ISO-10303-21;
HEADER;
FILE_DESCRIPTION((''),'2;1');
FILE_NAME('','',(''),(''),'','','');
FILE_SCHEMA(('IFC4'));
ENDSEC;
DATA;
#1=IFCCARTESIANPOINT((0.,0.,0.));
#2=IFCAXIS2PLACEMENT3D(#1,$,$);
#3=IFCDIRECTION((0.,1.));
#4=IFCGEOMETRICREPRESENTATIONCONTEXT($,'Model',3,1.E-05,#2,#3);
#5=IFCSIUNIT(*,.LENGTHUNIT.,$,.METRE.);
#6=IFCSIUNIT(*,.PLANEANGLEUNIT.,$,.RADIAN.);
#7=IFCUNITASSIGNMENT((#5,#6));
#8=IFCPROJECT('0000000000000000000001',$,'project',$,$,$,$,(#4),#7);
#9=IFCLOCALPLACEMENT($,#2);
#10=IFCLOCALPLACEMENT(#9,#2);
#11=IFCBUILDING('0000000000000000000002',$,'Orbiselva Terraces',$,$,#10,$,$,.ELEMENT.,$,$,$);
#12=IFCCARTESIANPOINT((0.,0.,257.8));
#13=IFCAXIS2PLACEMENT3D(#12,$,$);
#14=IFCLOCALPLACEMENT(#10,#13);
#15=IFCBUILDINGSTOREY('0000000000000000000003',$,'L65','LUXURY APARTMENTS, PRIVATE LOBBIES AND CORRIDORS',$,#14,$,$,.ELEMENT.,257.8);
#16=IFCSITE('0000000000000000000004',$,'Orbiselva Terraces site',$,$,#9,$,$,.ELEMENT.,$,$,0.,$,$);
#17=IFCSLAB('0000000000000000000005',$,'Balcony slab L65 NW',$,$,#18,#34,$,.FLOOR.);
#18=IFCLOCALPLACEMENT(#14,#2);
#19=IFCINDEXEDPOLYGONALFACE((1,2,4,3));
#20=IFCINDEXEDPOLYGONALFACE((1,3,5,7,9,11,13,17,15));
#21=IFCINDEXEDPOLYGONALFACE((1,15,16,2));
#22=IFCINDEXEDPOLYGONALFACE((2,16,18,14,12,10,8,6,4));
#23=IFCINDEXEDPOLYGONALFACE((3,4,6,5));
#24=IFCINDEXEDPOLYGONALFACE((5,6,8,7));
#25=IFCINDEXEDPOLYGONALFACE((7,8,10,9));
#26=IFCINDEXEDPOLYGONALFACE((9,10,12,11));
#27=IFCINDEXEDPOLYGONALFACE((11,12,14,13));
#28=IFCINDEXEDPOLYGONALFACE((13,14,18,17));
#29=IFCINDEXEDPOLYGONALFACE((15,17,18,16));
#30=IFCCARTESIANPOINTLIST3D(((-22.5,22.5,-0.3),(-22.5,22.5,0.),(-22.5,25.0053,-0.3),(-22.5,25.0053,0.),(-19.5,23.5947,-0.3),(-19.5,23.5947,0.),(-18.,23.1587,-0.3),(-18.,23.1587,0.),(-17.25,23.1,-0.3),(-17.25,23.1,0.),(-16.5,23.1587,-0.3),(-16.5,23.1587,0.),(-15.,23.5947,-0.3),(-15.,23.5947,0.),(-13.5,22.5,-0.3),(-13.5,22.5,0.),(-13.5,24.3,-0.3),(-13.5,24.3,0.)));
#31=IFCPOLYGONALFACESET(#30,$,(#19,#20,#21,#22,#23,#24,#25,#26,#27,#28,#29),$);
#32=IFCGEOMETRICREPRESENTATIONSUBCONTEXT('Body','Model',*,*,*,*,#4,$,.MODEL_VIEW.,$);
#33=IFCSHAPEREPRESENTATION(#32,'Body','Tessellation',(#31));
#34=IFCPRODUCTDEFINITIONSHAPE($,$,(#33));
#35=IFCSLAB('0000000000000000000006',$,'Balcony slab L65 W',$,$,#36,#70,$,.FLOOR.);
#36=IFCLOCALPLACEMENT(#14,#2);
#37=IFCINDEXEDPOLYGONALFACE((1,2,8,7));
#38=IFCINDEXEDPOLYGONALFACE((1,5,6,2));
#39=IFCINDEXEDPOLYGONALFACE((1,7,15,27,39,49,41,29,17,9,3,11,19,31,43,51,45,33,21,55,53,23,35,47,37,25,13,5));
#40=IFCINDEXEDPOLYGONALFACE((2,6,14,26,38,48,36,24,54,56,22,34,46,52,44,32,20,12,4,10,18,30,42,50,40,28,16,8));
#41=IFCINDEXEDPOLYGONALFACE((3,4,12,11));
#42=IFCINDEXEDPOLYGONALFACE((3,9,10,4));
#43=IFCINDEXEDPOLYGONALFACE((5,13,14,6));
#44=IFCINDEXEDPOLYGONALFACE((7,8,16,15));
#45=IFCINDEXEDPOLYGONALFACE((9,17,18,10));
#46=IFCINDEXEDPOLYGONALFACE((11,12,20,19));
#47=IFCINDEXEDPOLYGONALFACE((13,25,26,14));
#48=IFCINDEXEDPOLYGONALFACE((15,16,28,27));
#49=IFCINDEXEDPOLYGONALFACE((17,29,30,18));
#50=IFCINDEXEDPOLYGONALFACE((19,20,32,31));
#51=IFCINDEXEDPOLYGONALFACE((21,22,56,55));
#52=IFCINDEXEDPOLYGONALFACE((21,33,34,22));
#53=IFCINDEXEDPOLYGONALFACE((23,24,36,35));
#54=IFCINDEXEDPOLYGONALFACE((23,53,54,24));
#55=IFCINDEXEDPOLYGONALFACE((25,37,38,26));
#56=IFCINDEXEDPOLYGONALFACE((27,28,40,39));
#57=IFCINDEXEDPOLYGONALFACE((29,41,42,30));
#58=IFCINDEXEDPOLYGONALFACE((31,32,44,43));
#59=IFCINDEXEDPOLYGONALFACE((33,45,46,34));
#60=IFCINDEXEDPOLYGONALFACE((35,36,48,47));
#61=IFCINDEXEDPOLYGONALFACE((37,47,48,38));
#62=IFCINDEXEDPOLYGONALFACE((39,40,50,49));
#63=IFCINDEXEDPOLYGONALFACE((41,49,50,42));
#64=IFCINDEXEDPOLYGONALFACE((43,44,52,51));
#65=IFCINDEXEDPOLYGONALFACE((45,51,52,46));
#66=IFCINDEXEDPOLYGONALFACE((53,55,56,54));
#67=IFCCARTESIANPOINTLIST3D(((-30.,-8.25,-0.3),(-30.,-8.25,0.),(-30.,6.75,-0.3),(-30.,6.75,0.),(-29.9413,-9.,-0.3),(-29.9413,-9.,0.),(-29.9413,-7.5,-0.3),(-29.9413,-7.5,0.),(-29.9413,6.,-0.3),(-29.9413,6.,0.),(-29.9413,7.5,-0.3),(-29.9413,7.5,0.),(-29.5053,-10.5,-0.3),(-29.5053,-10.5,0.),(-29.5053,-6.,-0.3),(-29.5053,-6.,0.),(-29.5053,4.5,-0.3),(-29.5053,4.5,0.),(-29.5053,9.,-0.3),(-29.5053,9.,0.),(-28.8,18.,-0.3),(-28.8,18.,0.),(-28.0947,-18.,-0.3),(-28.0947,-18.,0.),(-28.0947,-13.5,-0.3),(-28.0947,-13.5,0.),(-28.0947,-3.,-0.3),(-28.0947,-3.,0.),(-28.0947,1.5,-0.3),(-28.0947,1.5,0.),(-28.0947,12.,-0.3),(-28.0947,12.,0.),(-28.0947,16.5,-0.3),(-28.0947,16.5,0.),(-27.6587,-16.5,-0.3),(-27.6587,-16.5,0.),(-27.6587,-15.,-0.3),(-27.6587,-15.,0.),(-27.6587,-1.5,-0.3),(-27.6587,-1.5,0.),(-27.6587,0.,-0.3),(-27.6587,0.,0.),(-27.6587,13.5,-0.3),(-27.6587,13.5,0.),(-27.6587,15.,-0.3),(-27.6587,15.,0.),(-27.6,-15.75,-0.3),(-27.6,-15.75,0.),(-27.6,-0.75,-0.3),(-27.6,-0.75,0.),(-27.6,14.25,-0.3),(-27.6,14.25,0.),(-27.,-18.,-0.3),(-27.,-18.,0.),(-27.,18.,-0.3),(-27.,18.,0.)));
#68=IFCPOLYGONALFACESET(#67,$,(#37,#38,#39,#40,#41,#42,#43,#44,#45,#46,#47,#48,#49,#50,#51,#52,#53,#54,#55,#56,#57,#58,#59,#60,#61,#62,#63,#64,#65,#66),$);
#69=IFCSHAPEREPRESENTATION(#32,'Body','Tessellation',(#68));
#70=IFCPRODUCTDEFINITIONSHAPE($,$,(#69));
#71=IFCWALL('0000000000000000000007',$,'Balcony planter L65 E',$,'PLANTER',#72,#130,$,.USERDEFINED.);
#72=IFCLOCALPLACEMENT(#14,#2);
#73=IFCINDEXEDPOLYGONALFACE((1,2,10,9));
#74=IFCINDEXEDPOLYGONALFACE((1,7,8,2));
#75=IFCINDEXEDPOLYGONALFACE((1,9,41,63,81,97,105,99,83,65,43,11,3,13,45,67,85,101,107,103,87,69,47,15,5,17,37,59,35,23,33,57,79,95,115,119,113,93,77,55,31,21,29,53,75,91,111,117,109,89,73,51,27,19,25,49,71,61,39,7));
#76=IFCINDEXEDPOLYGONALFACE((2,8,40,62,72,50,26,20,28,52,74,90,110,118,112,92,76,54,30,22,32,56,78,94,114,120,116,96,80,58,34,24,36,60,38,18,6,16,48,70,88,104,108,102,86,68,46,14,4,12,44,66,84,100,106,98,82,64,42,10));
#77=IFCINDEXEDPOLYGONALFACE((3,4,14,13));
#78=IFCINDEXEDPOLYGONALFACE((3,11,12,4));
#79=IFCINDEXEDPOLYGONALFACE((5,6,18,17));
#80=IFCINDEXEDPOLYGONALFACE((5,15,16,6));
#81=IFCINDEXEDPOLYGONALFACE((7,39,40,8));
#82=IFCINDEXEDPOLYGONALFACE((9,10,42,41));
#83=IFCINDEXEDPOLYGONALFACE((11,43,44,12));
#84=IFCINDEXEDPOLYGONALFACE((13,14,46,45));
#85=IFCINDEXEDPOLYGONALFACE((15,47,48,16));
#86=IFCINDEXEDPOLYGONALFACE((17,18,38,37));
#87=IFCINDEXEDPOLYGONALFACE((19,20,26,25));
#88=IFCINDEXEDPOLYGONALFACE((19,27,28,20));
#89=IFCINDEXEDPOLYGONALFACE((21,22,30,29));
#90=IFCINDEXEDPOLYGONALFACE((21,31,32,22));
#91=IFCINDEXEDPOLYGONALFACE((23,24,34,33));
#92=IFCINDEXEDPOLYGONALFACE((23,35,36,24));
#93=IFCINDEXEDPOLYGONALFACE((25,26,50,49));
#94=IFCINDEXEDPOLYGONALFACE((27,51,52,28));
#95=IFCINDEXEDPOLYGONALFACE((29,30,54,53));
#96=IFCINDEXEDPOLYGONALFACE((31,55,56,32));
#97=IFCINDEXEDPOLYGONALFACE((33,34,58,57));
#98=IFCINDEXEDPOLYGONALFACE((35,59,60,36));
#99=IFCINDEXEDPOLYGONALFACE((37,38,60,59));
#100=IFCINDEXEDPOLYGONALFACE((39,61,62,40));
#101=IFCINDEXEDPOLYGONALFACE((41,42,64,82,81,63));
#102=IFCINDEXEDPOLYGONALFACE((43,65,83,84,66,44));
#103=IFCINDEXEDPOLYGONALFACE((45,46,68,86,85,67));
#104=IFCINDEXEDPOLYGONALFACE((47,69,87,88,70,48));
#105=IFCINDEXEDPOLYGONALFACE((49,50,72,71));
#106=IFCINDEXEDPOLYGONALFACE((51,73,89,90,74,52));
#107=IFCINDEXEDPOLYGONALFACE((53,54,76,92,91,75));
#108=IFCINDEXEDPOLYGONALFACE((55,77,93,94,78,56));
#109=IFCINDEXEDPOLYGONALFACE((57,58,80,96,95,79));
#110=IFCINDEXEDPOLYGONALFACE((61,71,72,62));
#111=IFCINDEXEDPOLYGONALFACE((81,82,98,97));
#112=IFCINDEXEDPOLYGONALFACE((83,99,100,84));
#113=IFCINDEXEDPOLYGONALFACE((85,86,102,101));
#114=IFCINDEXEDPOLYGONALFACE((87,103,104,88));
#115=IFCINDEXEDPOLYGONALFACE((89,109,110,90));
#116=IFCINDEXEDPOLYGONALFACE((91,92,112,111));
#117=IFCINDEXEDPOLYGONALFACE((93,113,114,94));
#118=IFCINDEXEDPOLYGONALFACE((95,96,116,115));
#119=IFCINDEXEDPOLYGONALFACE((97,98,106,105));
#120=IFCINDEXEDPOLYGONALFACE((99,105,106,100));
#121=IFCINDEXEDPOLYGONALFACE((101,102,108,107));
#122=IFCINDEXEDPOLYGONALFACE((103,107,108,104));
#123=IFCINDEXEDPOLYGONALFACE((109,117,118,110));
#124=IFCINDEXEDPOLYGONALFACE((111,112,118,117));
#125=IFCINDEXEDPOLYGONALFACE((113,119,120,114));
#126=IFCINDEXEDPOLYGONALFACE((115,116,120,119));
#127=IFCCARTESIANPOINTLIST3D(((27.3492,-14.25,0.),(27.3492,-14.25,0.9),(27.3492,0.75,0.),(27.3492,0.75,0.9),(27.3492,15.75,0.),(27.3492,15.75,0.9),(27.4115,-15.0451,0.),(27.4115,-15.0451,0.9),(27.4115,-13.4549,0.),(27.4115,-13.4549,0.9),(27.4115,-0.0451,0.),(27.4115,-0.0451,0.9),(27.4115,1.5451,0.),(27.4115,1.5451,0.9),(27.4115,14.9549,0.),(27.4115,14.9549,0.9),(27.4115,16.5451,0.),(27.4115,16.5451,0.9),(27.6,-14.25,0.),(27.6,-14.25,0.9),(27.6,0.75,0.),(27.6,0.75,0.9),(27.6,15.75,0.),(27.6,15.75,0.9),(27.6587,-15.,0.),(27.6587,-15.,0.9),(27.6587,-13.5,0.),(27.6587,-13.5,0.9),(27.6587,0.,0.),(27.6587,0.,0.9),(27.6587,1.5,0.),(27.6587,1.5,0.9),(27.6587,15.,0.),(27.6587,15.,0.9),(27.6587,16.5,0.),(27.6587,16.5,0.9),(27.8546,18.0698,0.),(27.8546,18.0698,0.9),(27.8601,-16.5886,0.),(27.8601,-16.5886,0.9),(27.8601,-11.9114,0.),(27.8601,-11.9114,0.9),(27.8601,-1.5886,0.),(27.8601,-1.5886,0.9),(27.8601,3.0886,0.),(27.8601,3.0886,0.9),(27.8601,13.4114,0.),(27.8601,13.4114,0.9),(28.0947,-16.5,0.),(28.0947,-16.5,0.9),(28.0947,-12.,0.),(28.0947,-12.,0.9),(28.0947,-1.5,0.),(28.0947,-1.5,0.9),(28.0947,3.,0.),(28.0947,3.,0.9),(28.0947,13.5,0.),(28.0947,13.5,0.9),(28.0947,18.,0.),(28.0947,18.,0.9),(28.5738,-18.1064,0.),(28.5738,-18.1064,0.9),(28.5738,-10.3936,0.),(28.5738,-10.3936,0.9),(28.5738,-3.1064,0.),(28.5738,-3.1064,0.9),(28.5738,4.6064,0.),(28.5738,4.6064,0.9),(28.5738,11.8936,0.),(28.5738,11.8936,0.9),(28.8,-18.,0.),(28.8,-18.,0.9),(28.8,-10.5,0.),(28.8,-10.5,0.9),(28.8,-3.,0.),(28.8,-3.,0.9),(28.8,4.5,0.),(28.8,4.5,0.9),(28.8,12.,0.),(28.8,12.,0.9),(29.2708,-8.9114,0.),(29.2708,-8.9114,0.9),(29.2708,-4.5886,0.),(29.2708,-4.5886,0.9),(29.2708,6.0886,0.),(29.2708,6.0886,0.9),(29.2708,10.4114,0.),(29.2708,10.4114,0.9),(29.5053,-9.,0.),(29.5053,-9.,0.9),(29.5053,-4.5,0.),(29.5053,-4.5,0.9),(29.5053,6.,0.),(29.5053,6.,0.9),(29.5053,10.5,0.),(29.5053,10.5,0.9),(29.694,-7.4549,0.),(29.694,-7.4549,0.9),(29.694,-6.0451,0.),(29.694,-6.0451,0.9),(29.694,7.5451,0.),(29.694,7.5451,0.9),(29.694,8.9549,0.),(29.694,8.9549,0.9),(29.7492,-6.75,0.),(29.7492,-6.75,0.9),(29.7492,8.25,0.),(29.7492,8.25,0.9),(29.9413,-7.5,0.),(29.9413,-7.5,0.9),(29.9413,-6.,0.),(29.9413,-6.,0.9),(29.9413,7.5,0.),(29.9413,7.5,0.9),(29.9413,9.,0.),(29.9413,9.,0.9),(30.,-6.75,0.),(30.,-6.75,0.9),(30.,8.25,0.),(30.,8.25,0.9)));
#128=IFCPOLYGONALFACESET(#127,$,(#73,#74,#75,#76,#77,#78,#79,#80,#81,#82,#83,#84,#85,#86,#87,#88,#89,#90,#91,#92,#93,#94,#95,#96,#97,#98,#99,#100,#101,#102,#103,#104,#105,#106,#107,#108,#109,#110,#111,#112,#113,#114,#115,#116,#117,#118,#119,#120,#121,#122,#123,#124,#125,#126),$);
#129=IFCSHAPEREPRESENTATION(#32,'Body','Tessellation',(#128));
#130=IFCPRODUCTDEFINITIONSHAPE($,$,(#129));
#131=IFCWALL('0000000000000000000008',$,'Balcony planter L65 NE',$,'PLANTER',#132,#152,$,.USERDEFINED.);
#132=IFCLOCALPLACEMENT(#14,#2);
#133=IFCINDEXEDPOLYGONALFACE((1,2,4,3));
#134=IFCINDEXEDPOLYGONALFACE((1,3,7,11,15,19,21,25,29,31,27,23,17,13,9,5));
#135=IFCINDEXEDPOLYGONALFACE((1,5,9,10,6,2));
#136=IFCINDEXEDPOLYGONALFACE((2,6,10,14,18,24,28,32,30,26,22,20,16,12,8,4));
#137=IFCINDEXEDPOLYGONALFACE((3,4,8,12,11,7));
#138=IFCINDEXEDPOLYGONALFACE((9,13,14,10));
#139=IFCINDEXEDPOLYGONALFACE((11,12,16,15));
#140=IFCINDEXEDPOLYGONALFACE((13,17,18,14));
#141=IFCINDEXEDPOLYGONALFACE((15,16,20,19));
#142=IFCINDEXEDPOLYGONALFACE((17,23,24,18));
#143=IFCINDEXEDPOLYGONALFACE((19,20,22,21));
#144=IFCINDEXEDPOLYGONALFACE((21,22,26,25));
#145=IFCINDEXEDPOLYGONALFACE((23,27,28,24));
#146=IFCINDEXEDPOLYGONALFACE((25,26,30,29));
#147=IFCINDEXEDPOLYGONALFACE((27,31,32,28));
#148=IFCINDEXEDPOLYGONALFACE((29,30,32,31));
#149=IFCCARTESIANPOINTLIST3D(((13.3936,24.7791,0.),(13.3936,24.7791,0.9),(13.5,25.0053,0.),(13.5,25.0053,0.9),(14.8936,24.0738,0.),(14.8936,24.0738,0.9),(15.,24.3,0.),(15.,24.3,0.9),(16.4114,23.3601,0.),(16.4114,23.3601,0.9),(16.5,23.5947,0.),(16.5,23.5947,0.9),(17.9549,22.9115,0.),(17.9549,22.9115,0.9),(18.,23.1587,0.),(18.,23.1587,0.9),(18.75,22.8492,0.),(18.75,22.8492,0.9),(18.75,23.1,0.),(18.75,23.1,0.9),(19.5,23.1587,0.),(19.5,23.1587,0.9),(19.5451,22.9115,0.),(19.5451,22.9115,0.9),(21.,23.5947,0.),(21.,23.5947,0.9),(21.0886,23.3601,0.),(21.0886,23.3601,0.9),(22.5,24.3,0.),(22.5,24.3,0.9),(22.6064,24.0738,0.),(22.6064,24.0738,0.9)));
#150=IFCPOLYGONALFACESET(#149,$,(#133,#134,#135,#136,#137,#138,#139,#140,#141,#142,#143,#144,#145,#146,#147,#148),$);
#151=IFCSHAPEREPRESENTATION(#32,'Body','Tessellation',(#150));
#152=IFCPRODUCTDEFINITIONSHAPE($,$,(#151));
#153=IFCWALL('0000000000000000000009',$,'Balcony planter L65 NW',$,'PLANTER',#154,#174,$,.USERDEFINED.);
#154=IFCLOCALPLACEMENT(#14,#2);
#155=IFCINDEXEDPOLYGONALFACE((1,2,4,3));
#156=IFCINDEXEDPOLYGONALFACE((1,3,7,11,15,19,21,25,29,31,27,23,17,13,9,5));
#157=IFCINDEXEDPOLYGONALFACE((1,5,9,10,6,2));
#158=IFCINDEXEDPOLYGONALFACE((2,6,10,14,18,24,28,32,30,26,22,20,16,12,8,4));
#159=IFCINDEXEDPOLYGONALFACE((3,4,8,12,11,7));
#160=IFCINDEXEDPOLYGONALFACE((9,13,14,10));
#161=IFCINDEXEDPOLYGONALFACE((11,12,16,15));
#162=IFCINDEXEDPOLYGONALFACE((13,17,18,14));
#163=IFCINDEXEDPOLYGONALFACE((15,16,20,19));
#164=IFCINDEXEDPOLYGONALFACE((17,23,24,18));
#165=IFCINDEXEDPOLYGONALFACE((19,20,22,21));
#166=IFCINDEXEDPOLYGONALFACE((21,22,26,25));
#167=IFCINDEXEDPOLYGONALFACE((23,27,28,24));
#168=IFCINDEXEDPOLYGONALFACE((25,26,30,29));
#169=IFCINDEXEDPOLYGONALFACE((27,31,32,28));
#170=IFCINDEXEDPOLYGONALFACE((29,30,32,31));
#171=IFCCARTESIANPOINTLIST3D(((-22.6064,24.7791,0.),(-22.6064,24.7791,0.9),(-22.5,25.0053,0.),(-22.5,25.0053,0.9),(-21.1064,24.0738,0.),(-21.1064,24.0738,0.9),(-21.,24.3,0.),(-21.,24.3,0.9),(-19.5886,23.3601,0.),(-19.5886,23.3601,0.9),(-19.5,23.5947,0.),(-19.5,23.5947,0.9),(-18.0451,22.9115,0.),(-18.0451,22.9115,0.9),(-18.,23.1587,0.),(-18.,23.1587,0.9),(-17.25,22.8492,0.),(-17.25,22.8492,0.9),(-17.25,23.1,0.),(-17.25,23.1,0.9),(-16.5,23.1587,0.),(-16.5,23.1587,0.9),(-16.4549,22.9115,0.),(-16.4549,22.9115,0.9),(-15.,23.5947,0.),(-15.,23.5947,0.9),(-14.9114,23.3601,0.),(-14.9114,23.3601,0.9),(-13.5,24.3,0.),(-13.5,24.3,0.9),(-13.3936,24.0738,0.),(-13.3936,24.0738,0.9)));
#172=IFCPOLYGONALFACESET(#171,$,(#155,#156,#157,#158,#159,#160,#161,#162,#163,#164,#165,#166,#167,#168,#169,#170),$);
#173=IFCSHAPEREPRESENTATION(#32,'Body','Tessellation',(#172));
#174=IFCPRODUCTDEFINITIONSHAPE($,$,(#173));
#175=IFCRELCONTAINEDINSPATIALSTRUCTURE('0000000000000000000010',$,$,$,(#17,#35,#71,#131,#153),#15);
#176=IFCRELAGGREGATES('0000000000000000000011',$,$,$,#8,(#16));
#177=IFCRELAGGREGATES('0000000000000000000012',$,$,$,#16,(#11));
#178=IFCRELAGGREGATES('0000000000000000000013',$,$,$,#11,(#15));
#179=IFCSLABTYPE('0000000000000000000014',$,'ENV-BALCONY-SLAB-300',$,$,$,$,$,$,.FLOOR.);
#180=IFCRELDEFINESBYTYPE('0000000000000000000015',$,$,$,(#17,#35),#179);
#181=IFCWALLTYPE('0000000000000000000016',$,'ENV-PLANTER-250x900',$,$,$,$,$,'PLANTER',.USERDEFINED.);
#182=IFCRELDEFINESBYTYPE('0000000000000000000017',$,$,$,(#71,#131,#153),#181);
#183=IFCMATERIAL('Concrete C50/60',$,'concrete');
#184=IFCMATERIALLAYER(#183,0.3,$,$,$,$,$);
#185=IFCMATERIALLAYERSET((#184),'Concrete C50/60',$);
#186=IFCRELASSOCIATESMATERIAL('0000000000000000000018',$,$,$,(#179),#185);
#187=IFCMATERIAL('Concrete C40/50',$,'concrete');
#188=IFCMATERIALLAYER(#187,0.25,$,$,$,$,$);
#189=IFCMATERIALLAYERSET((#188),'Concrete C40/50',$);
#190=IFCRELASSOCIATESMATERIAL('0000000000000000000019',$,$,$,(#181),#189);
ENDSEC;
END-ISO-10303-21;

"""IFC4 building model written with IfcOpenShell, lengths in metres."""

from ifc_helpers import new_model, si_unit, direction, frame, origin, place, context, subcontext, project, spatial, polyline, outline, extrude, material, layer, layer_set, type_object, element, save


model = new_model("IFC4")

# Units and contexts
model_context = context("Model", 3, precision=1e-05, world=origin(), true_north=direction((0.0, 1.0)))
body_context = subcontext(model_context, "Body", "Model", "MODEL_VIEW")
ifc_project = project(units=[si_unit("LENGTHUNIT", "METRE"), si_unit("PLANEANGLEUNIT", "RADIAN")], contexts=[model_context])

# Site, building, storey
site_placement = place(None, origin())
site = spatial("IfcSite", under=ifc_project, at=site_placement, Name="Orbiselva Terraces site", CompositionType="ELEMENT", RefElevation=0.0)
building_placement = place(site_placement, origin())
building = spatial("IfcBuilding", under=site, at=building_placement, Name="Orbiselva Terraces", CompositionType="ELEMENT")
storey_placement = place(building_placement, frame((0.0, 0.0, 257.8)))
storey = spatial("IfcBuildingStorey", under=building, at=storey_placement, Name="L65", Description="LUXURY APARTMENTS, PRIVATE LOBBIES AND CORRIDORS", CompositionType="ELEMENT", Elevation=257.8)

# Shared definitions
ifc_material_1 = material(Name="Concrete C50/60", Category="concrete")

# Slabs
ifc_material_2 = material(Name="Concrete C40/50", Category="concrete")
ifc_layer_1 = layer(ifc_material_1, 0.3)
ifc_layer_set_1 = layer_set([ifc_layer_1], Name="Concrete C50/60")
slab_type_1 = type_object("IfcSlabType", Name="ENV-BALCONY-SLAB-300", PredefinedType="FLOOR", material=ifc_layer_set_1)
slab_1_placement = place(storey_placement, frame((0.0, 0.0, -0.3)))
element("IfcSlab", 1, at=slab_1_placement, inside=storey, type_object=slab_type_1, Name="Balcony slab L65 NW", PredefinedType="FLOOR", context=body_context, shape_type="SweptSolid", body=[
    extrude(outline(polyline([(-13.5, 24.3), (-15.0, 23.5947), (-16.5, 23.1587), (-17.25, 23.1), (-18.0, 23.1587), (-19.5, 23.5947), (-22.5, 25.0053), (-22.5, 22.5), (-13.5, 22.5), (-13.5, 24.3)])), origin(), (0.0, 0.0, 1.0), 0.3),
])
slab_2_placement = place(storey_placement, frame((0.0, 0.0, -0.3)))
element("IfcSlab", 2, at=slab_2_placement, inside=storey, type_object=slab_type_1, Name="Balcony slab L65 W", PredefinedType="FLOOR", context=body_context, shape_type="SweptSolid", body=[
    extrude(outline(polyline([(-28.8, 18.0), (-28.0947, 16.5), (-27.6587, 15.0), (-27.6, 14.25), (-27.6587, 13.5), (-28.0947, 12.0), (-29.5053, 9.0), (-29.9413, 7.5), (-30.0, 6.75), (-29.9413, 6.0), (-29.5053, 4.5), (-28.0947, 1.5), (-27.6587, 0.0), (-27.6, -0.75), (-27.6587, -1.5), (-28.0947, -3.0), (-29.5053, -6.0), (-29.9413, -7.5), (-30.0, -8.25), (-29.9413, -9.0), (-29.5053, -10.5), (-28.0947, -13.5), (-27.6587, -15.0), (-27.6, -15.75), (-27.6587, -16.5), (-28.0947, -18.0), (-27.0, -18.0), (-27.0, 18.0), (-28.8, 18.0)])), origin(), (0.0, 0.0, 1.0), 0.3),
])

# Walls
ifc_layer_2 = layer(ifc_material_2, 0.25)
ifc_layer_set_2 = layer_set([ifc_layer_2], Name="Concrete C40/50")
wall_type_1 = type_object("IfcWallType", Name="ENV-PLANTER-250x900", ElementType="PLANTER", PredefinedType="USERDEFINED", material=ifc_layer_set_2)
wall_1_placement = place(storey_placement, origin())
element("IfcWall", 3, at=wall_1_placement, inside=storey, type_object=wall_type_1, Name="Balcony planter L65 E", ObjectType="PLANTER", PredefinedType="USERDEFINED", context=body_context, shape_type="SweptSolid", body=[
    extrude(outline(polyline([(28.8, -18.0), (28.0947, -16.5), (27.6587, -15.0), (27.6, -14.25), (27.6587, -13.5), (28.0947, -12.0), (28.8, -10.5), (29.5053, -9.0), (29.9413, -7.5), (30.0, -6.75), (29.9413, -6.0), (29.5053, -4.5), (28.8, -3.0), (28.0947, -1.5), (27.6587, 0.0), (27.6, 0.75), (27.6587, 1.5), (28.0947, 3.0), (28.8, 4.5), (29.5053, 6.0), (29.9413, 7.5), (30.0, 8.25), (29.9413, 9.0), (29.5053, 10.5), (28.8, 12.0), (28.0947, 13.5), (27.6587, 15.0), (27.6, 15.75), (27.6587, 16.5), (28.0947, 18.0), (27.8546, 18.0698), (27.4115, 16.5451), (27.3492, 15.75), (27.4115, 14.9549), (27.8601, 13.4114), (28.5738, 11.8936), (29.2708, 10.4114), (29.694, 8.9549), (29.7492, 8.25), (29.694, 7.5451), (29.2708, 6.0886), (28.5738, 4.6064), (27.8601, 3.0886), (27.4115, 1.5451), (27.3492, 0.75), (27.4115, -0.0451), (27.8601, -1.5886), (28.5738, -3.1064), (29.2708, -4.5886), (29.694, -6.0451), (29.7492, -6.75), (29.694, -7.4549), (29.2708, -8.9114), (28.5738, -10.3936), (27.8601, -11.9114), (27.4115, -13.4549), (27.3492, -14.25), (27.4115, -15.0451), (27.8601, -16.5886), (28.5738, -18.1064), (28.8, -18.0)])), origin(), (0.0, 0.0, 1.0), 0.9),
])
wall_2_placement = place(storey_placement, origin())
element("IfcWall", 4, at=wall_2_placement, inside=storey, type_object=wall_type_1, Name="Balcony planter L65 NE", ObjectType="PLANTER", PredefinedType="USERDEFINED", context=body_context, shape_type="SweptSolid", body=[
    extrude(outline(polyline([(22.5, 24.3), (21.0, 23.5947), (19.5, 23.1587), (18.75, 23.1), (18.0, 23.1587), (16.5, 23.5947), (15.0, 24.3), (13.5, 25.0053), (13.3936, 24.7791), (14.8936, 24.0738), (16.4114, 23.3601), (17.9549, 22.9115), (18.75, 22.8492), (19.5451, 22.9115), (21.0886, 23.3601), (22.6064, 24.0738), (22.5, 24.3)])), origin(), (0.0, 0.0, 1.0), 0.9),
])
wall_3_placement = place(storey_placement, origin())
element("IfcWall", 5, at=wall_3_placement, inside=storey, type_object=wall_type_1, Name="Balcony planter L65 NW", ObjectType="PLANTER", PredefinedType="USERDEFINED", context=body_context, shape_type="SweptSolid", body=[
    extrude(outline(polyline([(-13.5, 24.3), (-15.0, 23.5947), (-16.5, 23.1587), (-17.25, 23.1), (-18.0, 23.1587), (-19.5, 23.5947), (-21.0, 24.3), (-22.5, 25.0053), (-22.6064, 24.7791), (-21.1064, 24.0738), (-19.5886, 23.3601), (-18.0451, 22.9115), (-17.25, 22.8492), (-16.4549, 22.9115), (-14.9114, 23.3601), (-13.3936, 24.0738), (-13.5, 24.3)])), origin(), (0.0, 0.0, 1.0), 0.9),
])

save(model, "model.ifc")
